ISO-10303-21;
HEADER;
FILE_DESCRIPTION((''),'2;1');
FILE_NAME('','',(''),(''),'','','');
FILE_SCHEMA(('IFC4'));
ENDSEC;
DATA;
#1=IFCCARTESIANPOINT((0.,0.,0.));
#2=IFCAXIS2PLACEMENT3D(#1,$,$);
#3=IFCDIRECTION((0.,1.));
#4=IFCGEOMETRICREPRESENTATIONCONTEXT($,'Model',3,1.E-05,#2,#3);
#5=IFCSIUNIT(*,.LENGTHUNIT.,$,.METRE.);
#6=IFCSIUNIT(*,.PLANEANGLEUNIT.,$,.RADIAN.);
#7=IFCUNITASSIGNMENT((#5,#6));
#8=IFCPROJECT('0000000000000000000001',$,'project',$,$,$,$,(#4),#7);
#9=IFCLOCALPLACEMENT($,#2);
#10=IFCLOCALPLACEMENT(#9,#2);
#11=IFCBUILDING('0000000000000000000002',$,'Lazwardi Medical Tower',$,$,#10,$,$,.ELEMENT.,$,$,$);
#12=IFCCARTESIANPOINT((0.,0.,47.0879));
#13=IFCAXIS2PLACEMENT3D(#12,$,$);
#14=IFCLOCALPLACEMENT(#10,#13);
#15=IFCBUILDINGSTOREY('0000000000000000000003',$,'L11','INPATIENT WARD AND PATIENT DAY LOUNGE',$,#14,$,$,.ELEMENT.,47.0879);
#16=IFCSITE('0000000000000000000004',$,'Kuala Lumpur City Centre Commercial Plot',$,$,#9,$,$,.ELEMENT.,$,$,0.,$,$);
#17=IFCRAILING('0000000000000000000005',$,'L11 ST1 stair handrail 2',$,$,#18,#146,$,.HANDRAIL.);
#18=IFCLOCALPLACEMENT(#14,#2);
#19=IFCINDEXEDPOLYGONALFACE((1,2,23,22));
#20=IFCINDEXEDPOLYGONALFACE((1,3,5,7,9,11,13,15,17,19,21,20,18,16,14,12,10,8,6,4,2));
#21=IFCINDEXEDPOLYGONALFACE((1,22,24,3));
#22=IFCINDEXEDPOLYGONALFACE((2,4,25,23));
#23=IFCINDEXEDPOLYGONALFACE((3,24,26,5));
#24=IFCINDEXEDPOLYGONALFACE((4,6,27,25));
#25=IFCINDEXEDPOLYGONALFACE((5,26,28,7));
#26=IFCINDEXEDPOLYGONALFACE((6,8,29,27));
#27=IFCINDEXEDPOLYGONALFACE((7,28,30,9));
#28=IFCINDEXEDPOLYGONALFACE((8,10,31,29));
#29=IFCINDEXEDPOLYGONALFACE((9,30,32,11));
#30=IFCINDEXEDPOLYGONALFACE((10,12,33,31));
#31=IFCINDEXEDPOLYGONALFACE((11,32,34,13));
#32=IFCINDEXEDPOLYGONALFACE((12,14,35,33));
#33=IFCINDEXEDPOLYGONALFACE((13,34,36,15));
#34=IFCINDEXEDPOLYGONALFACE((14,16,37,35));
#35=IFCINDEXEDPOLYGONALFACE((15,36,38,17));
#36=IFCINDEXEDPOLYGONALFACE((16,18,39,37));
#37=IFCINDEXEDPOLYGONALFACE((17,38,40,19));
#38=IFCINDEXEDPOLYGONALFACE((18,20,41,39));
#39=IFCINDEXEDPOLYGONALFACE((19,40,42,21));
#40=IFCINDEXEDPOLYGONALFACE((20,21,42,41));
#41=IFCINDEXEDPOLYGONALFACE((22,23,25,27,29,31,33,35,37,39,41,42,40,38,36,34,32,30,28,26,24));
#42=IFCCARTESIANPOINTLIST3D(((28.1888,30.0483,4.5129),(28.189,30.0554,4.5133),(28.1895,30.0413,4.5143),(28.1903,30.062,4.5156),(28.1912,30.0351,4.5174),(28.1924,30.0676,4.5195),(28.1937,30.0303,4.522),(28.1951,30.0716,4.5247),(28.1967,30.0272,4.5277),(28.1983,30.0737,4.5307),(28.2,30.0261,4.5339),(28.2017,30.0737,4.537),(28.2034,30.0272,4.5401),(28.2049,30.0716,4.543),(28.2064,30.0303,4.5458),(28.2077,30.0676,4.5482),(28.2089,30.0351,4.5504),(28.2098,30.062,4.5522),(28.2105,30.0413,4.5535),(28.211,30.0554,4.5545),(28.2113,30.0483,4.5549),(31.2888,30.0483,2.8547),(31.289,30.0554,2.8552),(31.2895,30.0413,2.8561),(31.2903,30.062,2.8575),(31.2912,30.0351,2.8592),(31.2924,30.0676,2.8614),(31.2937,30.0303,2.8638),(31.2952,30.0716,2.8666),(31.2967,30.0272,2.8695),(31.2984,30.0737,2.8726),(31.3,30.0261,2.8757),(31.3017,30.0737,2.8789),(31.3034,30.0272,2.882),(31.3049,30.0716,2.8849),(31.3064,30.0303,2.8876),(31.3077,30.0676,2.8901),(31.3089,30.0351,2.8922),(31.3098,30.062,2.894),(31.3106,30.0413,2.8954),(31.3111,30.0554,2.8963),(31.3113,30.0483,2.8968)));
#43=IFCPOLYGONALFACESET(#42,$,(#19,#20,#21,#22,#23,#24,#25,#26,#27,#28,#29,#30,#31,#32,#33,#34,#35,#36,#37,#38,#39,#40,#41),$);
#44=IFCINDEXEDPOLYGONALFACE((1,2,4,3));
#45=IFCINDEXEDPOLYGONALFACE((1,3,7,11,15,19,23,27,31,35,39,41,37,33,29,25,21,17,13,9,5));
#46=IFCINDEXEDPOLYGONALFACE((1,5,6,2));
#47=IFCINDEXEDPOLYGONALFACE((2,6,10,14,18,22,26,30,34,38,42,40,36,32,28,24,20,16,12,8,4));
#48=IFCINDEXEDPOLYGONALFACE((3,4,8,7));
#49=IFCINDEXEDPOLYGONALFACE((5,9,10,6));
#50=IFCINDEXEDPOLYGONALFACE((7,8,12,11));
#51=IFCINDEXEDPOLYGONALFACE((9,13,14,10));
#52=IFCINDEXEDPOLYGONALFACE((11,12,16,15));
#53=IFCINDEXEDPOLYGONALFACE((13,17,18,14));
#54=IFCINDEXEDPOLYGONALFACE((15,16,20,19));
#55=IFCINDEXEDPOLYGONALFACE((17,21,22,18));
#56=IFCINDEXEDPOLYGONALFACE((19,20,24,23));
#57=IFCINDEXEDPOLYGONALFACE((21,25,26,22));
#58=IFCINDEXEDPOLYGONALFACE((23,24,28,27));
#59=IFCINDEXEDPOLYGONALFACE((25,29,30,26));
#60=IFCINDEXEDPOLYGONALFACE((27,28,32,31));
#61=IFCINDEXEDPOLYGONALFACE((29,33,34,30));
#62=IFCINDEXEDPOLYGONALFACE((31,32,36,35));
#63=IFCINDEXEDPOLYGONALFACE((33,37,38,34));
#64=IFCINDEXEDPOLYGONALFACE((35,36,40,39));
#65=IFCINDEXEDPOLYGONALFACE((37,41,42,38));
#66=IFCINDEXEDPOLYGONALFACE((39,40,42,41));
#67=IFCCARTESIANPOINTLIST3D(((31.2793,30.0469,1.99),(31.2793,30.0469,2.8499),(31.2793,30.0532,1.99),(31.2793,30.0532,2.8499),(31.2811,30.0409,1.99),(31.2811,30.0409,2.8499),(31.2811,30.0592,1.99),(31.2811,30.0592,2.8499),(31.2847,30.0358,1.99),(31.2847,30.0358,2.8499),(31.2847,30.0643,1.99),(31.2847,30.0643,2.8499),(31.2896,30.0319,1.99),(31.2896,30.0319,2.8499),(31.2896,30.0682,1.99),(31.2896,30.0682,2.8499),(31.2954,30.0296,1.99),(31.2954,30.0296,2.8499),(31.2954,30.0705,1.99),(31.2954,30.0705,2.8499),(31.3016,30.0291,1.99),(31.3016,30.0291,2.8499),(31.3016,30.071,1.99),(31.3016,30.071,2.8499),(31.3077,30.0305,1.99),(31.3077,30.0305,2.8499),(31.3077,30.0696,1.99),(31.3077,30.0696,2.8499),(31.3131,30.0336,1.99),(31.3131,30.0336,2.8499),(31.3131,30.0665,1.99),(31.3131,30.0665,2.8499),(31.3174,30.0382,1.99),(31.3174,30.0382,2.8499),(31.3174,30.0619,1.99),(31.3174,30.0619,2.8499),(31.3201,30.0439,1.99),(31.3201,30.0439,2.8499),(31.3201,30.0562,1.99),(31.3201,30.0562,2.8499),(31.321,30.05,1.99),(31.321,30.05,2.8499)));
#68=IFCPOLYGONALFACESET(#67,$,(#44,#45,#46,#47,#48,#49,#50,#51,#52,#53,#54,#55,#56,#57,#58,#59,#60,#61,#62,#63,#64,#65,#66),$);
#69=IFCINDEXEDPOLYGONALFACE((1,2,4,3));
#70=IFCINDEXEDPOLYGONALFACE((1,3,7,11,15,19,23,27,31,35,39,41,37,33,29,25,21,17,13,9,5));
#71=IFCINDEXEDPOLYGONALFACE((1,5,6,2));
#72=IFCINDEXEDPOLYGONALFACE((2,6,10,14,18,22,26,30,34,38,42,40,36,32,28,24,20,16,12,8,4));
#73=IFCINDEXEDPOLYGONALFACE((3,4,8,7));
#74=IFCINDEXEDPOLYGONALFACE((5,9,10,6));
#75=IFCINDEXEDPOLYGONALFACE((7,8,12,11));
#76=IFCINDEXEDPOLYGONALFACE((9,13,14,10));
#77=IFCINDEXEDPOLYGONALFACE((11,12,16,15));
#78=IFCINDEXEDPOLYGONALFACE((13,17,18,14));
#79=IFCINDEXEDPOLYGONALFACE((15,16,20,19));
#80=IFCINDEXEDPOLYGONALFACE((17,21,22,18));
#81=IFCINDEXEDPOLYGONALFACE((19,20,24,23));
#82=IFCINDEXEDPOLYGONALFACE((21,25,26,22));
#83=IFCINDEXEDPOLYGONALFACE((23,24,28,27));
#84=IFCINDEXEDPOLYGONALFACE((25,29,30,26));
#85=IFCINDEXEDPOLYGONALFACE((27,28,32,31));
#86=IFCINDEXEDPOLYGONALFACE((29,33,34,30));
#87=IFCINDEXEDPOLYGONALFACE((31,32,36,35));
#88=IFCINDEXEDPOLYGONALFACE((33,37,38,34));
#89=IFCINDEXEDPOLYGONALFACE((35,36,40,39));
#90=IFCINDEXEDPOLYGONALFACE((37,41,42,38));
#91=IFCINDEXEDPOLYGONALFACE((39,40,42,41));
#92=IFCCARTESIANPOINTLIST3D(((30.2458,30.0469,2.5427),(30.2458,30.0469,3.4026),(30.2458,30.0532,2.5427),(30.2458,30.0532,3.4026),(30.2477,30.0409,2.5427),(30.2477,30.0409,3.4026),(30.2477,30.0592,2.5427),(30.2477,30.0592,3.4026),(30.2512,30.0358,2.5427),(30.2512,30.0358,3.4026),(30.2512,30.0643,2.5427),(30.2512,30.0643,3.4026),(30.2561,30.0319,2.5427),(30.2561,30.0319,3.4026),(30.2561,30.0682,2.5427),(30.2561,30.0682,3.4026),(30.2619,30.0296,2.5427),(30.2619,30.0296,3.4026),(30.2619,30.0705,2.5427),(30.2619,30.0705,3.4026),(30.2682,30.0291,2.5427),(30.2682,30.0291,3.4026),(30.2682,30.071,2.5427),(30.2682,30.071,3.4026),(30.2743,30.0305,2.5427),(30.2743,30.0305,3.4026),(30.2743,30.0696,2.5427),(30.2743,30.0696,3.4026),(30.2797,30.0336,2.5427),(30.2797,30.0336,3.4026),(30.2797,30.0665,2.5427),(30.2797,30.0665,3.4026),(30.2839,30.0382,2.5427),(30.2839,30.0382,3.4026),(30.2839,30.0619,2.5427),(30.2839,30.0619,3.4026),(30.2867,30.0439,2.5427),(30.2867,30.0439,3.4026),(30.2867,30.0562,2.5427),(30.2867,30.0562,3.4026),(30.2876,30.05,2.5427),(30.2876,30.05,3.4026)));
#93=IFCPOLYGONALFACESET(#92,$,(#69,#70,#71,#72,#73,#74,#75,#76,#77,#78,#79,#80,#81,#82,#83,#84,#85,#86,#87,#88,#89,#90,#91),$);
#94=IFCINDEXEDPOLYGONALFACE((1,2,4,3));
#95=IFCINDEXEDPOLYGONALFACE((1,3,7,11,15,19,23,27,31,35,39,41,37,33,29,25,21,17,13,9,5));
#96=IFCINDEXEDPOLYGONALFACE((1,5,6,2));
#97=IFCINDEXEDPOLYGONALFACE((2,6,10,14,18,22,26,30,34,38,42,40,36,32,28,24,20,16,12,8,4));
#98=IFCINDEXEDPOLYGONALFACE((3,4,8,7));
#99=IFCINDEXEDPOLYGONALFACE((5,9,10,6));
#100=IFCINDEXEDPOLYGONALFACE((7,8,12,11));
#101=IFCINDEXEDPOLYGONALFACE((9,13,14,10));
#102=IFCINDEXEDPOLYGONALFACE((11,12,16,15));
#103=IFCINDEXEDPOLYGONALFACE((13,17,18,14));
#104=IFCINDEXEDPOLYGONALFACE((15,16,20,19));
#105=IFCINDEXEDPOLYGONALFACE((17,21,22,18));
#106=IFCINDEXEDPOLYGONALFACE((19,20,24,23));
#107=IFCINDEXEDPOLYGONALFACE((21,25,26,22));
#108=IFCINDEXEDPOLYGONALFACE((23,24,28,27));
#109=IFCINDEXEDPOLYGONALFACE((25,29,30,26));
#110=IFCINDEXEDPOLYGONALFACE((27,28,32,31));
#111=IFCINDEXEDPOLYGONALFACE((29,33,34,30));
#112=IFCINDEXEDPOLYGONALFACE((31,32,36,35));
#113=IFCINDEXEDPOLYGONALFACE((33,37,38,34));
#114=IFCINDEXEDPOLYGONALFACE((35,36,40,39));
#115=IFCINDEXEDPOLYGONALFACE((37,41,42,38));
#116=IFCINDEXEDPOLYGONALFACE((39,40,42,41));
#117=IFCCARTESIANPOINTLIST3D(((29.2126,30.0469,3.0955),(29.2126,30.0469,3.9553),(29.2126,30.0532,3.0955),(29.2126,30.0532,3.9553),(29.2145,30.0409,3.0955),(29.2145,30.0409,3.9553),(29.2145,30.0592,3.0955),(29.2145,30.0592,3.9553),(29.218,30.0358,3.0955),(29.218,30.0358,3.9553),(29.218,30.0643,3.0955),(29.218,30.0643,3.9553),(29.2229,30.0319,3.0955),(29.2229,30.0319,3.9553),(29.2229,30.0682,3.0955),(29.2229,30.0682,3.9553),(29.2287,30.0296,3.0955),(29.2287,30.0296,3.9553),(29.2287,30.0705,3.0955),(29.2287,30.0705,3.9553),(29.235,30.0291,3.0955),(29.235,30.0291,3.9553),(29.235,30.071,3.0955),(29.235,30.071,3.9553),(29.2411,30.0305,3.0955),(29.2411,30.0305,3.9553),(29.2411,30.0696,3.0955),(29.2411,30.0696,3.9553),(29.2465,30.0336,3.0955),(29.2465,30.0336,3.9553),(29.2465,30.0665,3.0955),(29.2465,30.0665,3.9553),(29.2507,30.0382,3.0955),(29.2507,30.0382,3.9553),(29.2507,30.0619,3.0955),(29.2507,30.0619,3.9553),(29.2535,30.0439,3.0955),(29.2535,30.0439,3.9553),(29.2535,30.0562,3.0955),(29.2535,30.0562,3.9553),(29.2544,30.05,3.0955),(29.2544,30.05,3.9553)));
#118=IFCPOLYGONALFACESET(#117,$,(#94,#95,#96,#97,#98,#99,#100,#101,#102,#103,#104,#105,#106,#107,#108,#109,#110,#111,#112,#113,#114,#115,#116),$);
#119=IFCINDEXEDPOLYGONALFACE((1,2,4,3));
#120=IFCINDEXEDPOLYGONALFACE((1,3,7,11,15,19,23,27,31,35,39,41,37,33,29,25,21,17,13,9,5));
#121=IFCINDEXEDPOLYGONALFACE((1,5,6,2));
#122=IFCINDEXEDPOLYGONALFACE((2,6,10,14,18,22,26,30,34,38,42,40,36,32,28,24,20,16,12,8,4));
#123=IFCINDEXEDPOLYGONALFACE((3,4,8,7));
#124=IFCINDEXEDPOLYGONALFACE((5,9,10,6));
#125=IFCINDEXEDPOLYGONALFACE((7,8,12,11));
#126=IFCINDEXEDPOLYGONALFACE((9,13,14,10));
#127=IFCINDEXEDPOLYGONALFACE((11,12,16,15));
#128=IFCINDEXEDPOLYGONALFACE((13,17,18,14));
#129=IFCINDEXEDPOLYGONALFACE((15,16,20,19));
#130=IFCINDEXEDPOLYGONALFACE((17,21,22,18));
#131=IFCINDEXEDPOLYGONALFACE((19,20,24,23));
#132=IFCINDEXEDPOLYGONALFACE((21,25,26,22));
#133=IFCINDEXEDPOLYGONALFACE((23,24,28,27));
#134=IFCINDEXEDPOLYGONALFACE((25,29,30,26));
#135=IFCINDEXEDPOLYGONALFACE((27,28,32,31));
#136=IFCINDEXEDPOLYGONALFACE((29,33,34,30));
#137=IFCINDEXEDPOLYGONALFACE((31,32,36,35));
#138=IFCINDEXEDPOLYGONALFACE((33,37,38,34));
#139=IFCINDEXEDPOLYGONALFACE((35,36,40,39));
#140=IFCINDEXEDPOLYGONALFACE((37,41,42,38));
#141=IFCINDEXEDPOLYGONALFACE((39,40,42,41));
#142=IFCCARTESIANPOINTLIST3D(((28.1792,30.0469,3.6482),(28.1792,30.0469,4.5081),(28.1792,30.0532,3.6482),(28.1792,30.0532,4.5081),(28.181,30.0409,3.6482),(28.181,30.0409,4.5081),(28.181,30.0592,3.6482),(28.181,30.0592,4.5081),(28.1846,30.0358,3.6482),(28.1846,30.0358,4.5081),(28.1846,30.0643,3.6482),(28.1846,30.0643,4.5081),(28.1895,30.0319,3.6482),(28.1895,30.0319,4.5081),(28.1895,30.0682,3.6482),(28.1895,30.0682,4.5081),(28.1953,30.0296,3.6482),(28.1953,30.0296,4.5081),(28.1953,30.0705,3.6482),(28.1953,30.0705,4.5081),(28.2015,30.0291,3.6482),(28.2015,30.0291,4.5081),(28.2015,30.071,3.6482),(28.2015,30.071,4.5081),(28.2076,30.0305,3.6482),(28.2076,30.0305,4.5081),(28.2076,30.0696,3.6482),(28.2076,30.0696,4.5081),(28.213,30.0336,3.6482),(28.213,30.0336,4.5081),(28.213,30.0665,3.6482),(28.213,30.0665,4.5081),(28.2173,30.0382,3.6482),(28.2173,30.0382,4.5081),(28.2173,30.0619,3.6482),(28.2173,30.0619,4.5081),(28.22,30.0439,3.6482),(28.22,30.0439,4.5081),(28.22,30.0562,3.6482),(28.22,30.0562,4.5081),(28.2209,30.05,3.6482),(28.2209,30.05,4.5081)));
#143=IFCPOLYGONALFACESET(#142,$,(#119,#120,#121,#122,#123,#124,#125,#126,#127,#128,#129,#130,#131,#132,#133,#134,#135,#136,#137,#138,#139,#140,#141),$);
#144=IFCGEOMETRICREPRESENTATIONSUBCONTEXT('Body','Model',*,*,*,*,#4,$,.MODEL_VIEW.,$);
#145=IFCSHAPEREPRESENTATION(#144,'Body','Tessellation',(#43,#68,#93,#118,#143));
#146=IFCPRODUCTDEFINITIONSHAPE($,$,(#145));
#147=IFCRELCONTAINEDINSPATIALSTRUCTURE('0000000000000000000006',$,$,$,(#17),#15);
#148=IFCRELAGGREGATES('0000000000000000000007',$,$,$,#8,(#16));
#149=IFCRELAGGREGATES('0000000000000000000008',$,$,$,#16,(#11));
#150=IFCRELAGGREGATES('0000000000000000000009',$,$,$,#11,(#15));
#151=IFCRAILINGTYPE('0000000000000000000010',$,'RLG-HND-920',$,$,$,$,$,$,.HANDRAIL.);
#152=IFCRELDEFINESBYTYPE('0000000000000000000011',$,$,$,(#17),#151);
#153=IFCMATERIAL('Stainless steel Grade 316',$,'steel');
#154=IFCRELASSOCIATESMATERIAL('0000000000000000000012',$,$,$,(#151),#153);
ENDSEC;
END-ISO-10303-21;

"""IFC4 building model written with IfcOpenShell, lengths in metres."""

from ifc_helpers import new_model, si_unit, direction, frame, origin, origin_2d, place, context, subcontext, project, spatial, circle, extrude, material, type_object, element, save


model = new_model("IFC4")

# Units and contexts
model_context = context("Model", 3, precision=1e-05, world=origin(), true_north=direction((0.0, 1.0)))
body_context = subcontext(model_context, "Body", "Model", "MODEL_VIEW")
ifc_project = project(units=[si_unit("LENGTHUNIT", "METRE"), si_unit("PLANEANGLEUNIT", "RADIAN")], contexts=[model_context])

# Site, building, storey
site_placement = place(None, origin())
site = spatial("IfcSite", under=ifc_project, at=site_placement, Name="Kuala Lumpur City Centre Commercial Plot", CompositionType="ELEMENT", RefElevation=0.0)
building_placement = place(site_placement, origin())
building = spatial("IfcBuilding", under=site, at=building_placement, Name="Lazwardi Medical Tower", CompositionType="ELEMENT")
storey_placement = place(building_placement, frame((0.0, 0.0, 47.0879)))
storey = spatial("IfcBuildingStorey", under=building, at=storey_placement, Name="L11", Description="INPATIENT WARD AND PATIENT DAY LOUNGE", CompositionType="ELEMENT", Elevation=47.0879)

# Railing
ifc_material_1 = material(Name="Stainless steel Grade 316", Category="steel")
railing_type_1 = type_object("IfcRailingType", Name="RLG-HND-920", PredefinedType="HANDRAIL", material=ifc_material_1)
railing_1_placement = place(storey_placement, frame((31.3, 30.05, 1.99)))
element("IfcRailing", 1, at=railing_1_placement, inside=storey, type_object=railing_type_1, Name="L11 ST1 stair handrail 2", PredefinedType="HANDRAIL", context=body_context, shape_type="SweptSolid", body=[
    extrude(circle(Radius=0.0239, at=origin_2d()), frame((0.0, 0.0, 0.8857), z_axis=(-0.881783, 0.0, 0.471655), x_axis=(0.0, -1.0, 0.0)), (0.0, 0.0, 1.0), 3.5156),
    extrude(circle(Radius=0.021, at=origin_2d()), origin(), (0.0, 0.0, 1.0), 0.8599),
    extrude(circle(Radius=0.021, at=origin_2d()), frame((-1.0334, 0.0, 0.5527)), (0.0, 0.0, 1.0), 0.8599),
    extrude(circle(Radius=0.021, at=origin_2d()), frame((-2.0667, 0.0, 1.1055)), (0.0, 0.0, 1.0), 0.8599),
    extrude(circle(Radius=0.021, at=origin_2d()), frame((-3.1001, 0.0, 1.6582)), (0.0, 0.0, 1.0), 0.8599),
])

save(model, "model.ifc")
